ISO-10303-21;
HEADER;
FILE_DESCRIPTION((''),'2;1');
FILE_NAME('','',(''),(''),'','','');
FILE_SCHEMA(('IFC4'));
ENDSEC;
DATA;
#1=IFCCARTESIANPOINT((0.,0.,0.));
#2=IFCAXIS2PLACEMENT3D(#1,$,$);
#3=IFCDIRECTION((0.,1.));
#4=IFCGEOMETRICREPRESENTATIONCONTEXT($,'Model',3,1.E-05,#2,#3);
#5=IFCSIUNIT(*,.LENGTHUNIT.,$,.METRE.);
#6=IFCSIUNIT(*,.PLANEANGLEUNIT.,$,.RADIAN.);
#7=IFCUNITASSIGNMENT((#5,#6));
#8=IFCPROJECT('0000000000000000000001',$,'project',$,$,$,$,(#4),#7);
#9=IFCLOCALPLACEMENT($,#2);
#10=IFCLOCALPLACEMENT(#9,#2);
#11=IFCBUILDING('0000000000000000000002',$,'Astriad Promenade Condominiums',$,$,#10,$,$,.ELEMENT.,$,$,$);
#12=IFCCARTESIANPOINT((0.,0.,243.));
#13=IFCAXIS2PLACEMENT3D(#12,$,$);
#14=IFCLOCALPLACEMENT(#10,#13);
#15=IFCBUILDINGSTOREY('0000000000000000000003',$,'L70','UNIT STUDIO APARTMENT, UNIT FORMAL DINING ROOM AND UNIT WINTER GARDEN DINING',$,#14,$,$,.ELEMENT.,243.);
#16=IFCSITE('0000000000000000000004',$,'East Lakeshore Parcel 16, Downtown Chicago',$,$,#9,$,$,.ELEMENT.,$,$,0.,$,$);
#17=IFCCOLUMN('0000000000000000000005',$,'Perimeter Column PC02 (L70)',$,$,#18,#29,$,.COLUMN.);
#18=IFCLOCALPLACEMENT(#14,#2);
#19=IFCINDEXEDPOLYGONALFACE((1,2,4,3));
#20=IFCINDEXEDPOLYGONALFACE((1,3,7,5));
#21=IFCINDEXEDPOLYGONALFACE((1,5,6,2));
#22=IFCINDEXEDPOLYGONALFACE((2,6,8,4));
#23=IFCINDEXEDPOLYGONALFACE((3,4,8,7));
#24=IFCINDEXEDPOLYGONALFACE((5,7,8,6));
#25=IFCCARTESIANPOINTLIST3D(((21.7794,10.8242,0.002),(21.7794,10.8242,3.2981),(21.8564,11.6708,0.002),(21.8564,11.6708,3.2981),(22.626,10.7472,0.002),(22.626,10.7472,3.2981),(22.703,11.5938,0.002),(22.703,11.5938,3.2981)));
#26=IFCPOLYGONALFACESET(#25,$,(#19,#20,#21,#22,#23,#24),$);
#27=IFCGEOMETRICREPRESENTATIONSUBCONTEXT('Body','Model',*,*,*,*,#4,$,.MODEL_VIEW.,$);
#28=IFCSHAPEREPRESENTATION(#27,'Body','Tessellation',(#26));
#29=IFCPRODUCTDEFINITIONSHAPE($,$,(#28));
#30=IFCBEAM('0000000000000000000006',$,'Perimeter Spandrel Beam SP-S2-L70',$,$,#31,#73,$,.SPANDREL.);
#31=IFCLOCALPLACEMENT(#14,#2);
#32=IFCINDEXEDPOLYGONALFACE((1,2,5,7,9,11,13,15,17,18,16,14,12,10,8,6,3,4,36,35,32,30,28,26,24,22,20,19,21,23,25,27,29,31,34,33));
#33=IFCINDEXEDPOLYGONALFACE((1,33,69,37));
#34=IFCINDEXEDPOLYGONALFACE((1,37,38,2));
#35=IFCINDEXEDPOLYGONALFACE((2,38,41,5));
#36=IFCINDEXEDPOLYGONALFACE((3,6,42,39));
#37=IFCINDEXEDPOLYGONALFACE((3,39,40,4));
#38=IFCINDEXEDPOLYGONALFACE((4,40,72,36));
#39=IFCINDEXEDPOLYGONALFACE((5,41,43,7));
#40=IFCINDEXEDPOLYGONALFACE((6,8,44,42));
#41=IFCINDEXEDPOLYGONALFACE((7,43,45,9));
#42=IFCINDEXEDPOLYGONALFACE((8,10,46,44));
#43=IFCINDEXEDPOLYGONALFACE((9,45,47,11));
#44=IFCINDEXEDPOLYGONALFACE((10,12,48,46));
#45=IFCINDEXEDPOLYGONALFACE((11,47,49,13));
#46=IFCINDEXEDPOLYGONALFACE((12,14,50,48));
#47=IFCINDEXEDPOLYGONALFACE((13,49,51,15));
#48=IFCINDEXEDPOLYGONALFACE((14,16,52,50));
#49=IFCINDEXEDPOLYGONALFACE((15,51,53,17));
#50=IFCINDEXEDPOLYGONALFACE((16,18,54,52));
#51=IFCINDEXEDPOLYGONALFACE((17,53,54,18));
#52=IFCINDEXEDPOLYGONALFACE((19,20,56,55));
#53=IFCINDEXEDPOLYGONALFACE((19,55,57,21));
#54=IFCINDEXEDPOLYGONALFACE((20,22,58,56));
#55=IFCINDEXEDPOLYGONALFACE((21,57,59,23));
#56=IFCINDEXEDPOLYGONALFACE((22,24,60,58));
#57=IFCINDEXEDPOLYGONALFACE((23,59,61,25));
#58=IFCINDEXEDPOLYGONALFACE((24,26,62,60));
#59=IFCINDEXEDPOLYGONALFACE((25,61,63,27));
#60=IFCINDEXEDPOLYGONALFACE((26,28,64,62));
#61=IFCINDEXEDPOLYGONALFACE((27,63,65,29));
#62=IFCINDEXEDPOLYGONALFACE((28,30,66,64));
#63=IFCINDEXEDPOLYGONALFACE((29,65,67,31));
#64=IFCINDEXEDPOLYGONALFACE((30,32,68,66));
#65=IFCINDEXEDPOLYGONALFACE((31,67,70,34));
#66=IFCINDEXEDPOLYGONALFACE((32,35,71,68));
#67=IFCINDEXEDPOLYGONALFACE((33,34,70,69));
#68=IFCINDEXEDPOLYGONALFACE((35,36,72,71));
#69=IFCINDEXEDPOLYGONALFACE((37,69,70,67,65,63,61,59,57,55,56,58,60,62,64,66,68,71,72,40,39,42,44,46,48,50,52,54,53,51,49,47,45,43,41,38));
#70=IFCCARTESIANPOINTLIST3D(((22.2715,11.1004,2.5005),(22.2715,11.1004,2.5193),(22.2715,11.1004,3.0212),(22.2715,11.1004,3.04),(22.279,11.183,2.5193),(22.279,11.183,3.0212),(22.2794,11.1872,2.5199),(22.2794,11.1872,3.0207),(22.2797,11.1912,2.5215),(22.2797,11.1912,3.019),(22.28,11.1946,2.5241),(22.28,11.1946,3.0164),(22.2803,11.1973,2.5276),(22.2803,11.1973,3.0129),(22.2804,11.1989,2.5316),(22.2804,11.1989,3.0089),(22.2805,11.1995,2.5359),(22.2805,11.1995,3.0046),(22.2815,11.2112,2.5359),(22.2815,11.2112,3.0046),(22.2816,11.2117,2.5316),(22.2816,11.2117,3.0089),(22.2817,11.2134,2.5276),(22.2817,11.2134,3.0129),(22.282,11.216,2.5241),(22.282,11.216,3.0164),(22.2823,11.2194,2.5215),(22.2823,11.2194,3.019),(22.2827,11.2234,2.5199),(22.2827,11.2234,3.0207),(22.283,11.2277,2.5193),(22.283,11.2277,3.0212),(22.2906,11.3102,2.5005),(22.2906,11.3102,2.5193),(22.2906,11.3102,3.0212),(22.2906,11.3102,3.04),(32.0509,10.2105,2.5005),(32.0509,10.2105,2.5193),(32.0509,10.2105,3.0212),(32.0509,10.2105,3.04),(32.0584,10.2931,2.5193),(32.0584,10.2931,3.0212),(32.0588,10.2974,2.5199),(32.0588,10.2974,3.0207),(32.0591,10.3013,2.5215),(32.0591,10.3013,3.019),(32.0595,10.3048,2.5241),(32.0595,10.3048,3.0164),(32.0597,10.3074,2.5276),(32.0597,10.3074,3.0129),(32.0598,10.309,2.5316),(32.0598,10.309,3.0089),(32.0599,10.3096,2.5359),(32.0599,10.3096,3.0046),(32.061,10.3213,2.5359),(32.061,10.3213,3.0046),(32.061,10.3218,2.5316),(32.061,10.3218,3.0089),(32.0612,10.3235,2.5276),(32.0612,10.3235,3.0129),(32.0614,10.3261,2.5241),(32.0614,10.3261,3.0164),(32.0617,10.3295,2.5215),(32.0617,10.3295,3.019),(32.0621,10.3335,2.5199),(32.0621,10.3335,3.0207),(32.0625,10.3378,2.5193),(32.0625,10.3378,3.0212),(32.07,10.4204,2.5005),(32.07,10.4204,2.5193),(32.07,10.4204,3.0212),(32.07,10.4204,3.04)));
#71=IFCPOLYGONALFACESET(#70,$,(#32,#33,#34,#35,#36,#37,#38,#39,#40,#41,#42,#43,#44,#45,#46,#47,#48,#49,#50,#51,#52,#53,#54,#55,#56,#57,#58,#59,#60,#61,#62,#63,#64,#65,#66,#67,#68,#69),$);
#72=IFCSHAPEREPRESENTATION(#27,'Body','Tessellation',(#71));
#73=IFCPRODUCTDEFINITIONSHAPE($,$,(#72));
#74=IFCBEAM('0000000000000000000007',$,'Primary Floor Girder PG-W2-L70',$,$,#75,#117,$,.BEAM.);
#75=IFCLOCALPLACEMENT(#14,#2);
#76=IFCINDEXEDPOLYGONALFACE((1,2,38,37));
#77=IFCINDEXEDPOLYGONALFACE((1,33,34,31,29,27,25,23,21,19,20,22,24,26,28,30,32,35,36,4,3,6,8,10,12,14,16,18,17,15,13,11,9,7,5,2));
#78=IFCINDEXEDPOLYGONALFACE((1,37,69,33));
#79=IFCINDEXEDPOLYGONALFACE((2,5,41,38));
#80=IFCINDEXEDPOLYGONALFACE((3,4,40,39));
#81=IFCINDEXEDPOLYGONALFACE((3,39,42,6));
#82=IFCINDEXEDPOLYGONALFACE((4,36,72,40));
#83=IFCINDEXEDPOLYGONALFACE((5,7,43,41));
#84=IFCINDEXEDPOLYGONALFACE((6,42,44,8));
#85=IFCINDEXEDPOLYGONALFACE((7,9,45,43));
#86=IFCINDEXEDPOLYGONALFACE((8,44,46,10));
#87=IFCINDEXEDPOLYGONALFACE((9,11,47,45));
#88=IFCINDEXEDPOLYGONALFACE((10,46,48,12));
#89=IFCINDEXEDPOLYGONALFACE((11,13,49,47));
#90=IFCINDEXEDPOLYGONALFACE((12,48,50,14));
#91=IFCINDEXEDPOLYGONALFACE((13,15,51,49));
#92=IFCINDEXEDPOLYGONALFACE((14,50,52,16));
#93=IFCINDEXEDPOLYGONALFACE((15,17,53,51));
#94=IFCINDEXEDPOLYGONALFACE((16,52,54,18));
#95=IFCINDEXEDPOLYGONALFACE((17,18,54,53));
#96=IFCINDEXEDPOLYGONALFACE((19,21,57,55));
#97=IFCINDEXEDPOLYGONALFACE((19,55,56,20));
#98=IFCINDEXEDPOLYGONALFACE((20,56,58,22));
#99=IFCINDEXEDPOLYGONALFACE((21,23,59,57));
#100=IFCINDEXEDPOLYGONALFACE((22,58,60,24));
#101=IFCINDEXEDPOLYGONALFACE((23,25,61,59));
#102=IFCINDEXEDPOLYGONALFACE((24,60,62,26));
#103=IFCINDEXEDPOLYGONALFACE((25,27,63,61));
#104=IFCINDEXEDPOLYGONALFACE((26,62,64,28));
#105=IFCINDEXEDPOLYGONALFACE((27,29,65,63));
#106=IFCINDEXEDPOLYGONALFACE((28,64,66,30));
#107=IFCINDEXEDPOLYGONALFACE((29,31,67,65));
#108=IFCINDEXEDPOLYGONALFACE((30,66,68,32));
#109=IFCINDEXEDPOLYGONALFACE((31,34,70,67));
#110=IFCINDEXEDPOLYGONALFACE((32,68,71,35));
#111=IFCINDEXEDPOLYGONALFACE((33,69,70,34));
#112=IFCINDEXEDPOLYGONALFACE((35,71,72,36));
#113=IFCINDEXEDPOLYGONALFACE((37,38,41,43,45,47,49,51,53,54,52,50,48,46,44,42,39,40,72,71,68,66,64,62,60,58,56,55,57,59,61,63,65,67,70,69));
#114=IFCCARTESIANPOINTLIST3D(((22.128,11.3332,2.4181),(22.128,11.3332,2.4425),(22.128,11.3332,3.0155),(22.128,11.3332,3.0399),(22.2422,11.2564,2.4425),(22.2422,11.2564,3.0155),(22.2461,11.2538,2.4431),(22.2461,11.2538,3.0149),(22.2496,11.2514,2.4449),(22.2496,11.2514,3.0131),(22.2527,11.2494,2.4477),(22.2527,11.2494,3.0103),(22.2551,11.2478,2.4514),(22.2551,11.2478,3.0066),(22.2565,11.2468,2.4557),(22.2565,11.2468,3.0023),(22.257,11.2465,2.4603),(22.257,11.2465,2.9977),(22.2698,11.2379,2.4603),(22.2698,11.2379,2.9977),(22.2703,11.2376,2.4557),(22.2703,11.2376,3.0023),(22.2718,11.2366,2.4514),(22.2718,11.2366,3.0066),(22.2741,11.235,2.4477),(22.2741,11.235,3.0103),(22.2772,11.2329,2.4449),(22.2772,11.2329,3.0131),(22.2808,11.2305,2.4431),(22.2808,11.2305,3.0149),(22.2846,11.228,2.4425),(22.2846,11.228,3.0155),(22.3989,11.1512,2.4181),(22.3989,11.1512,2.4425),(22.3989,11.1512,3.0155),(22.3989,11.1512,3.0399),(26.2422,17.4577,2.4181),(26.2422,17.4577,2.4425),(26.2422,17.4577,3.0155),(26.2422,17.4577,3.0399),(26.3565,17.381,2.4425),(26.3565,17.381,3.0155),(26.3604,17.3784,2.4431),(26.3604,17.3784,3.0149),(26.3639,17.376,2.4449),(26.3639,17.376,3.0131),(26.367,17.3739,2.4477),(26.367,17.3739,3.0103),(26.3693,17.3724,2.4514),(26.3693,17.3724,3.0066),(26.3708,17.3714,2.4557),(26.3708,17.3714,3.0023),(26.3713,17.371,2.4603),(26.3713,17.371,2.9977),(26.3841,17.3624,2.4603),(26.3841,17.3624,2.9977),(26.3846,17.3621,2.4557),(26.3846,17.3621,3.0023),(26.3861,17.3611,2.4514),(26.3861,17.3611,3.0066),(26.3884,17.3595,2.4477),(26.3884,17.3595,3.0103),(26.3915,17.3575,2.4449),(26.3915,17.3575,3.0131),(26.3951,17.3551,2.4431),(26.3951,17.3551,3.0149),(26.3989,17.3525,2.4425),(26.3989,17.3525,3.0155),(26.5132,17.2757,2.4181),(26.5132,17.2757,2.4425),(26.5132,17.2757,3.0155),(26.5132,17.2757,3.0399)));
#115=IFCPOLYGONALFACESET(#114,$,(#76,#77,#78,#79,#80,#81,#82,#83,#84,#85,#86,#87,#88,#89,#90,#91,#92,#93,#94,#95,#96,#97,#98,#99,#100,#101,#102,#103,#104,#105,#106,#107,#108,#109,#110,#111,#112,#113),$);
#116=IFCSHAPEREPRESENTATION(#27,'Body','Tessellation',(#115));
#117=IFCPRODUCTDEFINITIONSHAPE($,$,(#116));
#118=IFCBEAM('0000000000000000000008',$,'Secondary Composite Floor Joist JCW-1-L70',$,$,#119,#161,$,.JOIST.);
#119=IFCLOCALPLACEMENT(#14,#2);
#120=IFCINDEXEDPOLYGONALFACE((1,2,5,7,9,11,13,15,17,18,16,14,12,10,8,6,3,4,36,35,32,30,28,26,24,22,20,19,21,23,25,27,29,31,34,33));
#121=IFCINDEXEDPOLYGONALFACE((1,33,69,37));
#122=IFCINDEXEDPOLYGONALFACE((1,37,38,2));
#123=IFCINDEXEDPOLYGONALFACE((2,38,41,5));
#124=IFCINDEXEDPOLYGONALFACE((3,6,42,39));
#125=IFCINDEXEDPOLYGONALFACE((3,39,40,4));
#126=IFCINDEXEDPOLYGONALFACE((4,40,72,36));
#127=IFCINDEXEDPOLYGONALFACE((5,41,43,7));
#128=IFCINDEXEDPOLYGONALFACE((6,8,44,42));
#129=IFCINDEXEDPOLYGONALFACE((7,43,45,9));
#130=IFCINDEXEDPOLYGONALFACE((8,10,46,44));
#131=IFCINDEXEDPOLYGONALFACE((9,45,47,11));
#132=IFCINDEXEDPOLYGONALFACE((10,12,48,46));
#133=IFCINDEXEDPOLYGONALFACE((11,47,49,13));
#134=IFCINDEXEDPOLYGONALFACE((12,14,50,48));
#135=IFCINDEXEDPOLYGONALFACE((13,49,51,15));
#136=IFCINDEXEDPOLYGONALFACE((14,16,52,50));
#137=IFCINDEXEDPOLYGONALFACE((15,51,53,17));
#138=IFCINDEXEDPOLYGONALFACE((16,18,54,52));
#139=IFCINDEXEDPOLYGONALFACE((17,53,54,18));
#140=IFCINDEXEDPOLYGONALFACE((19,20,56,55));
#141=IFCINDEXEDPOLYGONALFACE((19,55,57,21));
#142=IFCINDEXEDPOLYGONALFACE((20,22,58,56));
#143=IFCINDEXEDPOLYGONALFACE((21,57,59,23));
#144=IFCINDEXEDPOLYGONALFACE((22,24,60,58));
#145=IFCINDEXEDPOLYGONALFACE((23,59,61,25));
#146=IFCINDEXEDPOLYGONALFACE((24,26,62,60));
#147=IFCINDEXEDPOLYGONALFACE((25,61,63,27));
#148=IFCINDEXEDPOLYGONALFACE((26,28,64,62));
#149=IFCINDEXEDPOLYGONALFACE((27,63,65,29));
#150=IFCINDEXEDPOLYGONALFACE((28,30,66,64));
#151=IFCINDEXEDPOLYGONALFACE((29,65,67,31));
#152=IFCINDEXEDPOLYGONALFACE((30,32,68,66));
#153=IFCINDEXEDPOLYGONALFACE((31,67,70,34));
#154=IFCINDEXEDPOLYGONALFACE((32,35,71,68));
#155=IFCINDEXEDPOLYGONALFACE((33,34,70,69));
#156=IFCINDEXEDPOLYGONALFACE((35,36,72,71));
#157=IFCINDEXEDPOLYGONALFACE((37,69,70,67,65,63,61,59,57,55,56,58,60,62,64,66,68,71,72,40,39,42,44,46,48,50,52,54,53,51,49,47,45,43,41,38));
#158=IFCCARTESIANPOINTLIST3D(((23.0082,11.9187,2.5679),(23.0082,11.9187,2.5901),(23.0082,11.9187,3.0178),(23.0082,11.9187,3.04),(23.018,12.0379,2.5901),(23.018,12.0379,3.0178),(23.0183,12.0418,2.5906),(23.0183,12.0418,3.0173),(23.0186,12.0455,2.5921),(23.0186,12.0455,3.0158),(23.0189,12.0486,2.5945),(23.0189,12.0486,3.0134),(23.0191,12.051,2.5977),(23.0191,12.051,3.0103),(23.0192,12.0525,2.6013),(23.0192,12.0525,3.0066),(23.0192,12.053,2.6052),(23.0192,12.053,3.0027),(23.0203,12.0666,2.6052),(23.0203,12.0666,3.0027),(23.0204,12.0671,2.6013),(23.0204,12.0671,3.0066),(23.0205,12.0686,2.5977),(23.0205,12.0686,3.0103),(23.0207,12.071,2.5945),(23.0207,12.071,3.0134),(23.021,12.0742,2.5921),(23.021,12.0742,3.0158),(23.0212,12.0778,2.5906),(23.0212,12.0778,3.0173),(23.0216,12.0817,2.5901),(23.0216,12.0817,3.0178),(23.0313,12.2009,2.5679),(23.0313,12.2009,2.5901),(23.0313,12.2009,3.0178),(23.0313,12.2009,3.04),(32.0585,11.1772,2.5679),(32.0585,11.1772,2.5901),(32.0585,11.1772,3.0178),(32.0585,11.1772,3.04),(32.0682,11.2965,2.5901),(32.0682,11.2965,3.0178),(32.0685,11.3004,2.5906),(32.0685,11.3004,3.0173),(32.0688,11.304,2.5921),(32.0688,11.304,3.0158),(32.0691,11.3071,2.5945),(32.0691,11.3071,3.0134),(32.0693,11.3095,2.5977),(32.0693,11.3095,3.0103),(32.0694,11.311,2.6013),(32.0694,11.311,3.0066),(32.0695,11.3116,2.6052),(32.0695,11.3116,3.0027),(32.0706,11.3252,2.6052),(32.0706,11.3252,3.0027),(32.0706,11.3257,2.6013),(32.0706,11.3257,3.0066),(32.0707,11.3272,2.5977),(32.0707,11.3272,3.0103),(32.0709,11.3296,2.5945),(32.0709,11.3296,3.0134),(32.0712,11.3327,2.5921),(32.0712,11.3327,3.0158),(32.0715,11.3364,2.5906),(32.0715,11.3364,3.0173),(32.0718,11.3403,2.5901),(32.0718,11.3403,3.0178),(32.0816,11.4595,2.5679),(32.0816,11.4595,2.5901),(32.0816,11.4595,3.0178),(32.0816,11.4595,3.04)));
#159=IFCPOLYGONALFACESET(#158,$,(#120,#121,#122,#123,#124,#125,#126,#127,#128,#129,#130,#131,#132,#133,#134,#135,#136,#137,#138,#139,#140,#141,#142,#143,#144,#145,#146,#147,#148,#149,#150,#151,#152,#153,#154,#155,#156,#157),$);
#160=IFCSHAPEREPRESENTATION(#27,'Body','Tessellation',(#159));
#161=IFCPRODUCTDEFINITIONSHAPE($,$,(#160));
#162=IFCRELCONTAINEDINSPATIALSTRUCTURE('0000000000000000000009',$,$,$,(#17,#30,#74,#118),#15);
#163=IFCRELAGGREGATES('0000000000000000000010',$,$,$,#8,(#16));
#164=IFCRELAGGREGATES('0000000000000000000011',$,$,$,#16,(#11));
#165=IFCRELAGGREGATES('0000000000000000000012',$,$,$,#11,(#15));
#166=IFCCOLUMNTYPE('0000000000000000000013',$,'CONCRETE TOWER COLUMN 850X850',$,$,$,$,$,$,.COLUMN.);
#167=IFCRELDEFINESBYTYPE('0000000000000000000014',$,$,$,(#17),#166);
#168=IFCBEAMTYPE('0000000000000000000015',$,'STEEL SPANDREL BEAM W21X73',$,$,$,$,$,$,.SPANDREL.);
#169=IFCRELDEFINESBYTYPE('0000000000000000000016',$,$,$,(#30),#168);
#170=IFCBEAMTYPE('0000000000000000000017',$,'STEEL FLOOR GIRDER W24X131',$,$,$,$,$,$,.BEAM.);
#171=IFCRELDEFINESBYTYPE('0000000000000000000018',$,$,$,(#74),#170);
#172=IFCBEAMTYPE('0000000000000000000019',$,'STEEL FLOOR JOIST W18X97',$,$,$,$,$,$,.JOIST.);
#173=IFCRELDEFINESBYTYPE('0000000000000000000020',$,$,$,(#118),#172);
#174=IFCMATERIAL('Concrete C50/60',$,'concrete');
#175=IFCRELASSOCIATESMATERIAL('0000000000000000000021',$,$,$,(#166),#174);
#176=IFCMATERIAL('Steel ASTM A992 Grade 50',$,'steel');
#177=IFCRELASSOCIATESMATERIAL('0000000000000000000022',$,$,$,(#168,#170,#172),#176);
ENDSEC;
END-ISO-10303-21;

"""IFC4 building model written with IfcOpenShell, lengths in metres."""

from ifc_helpers import new_model, si_unit, direction, frame, origin, origin_2d, place, context, subcontext, project, spatial, rectangle, i_section, extrude, source, transform, mapped, material, material_profile, profile_set, type_object, type_shapes, element, save


model = new_model("IFC4")

# Units and contexts
model_context = context("Model", 3, precision=1e-05, world=origin(), true_north=direction((0.0, 1.0)))
body_context = subcontext(model_context, "Body", "Model", "MODEL_VIEW")
ifc_project = project(units=[si_unit("LENGTHUNIT", "METRE"), si_unit("PLANEANGLEUNIT", "RADIAN")], contexts=[model_context])

# Site, building, storey
site_placement = place(None, origin())
site = spatial("IfcSite", under=ifc_project, at=site_placement, Name="East Lakeshore Parcel 16, Downtown Chicago", CompositionType="ELEMENT", RefElevation=0.0)
building_placement = place(site_placement, origin())
building = spatial("IfcBuilding", under=site, at=building_placement, Name="Astriad Promenade Condominiums", CompositionType="ELEMENT")
storey_placement = place(building_placement, frame((0.0, 0.0, 243.0)))
storey = spatial("IfcBuildingStorey", under=building, at=storey_placement, Name="L70", Description="UNIT STUDIO APARTMENT, UNIT FORMAL DINING ROOM AND UNIT WINTER GARDEN DINING", CompositionType="ELEMENT", Elevation=243.0)

# Column
ifc_material_1 = material(Name="Concrete C50/60", Category="concrete")
ifc_material_profile_1 = material_profile(ifc_material_1, rectangle(XDim=0.8501, YDim=0.8501, at=origin_2d()), Name="RC-COL-850X850")
ifc_profile_set_1 = profile_set([ifc_material_profile_1], Name="Concrete C50/60")
column_type = type_object("IfcColumnType", Name="CONCRETE TOWER COLUMN 850X850", PredefinedType="COLUMN", material=ifc_profile_set_1)
shared_shape_1 = source(origin(), body_context, "Body", "SweptSolid", [
    extrude(rectangle(XDim=0.8501, YDim=0.8501, at=origin_2d()), origin(), (0.0, 0.0, 1.0), 3.2961),
])
type_shapes(column_type, [shared_shape_1])
column_placement = place(storey_placement, frame((22.2412, 11.209, 0.002), z_axis=(0.0, 0.0, 1.0), x_axis=(0.995884, -0.090633, 0.0)))
element("IfcColumn", 1, at=column_placement, inside=storey, type_object=column_type, Name="Perimeter Column PC02 (L70)", PredefinedType="COLUMN", context=body_context, shape_type="MappedRepresentation", body=[
    mapped(shared_shape_1, transform((0.0, 0.0, 0.0), scale=1.0)),
])

# Beams
ifc_material_2 = material(Name="Steel ASTM A992 Grade 50", Category="steel")
ifc_material_profile_2 = material_profile(ifc_material_2, i_section(OverallWidth=0.2107, OverallDepth=0.5396, WebThickness=0.0117, FlangeThickness=0.0188, FilletRadius=0.0166, at=origin_2d()), Name="W21X73")
ifc_profile_set_2 = profile_set([ifc_material_profile_2], Name="Steel ASTM A992 Grade 50")
beam_type_1 = type_object("IfcBeamType", Name="STEEL SPANDREL BEAM W21X73", PredefinedType="SPANDREL", material=ifc_profile_set_2)
shared_shape_2 = source(origin(), body_context, "Body", "SweptSolid", [
    extrude(i_section(OverallWidth=0.2107, OverallDepth=0.5396, WebThickness=0.0117, FlangeThickness=0.0188, FilletRadius=0.0166, at=origin_2d()), origin(), (0.0, 0.0, 1.0), 9.8198),
])
type_shapes(beam_type_1, [shared_shape_2])
beam_1_placement = place(storey_placement, frame((22.281, 11.2053, 2.7703), z_axis=(0.995885, -0.090621, 0.0), x_axis=(0.090621, 0.995885, 0.0)))
element("IfcBeam", 2, at=beam_1_placement, inside=storey, type_object=beam_type_1, Name="Perimeter Spandrel Beam SP-S2-L70", PredefinedType="SPANDREL", context=body_context, shape_type="MappedRepresentation", body=[
    mapped(shared_shape_2, transform((0.0, 0.0, 0.0), scale=1.0)),
])
ifc_material_profile_3 = material_profile(ifc_material_2, i_section(OverallWidth=0.3264, OverallDepth=0.6218, WebThickness=0.0154, FlangeThickness=0.0244, FilletRadius=0.0178, at=origin_2d()), Name="W24X131")
ifc_profile_set_3 = profile_set([ifc_material_profile_3], Name="Steel ASTM A992 Grade 50")
beam_type_2 = type_object("IfcBeamType", Name="STEEL FLOOR GIRDER W24X131", PredefinedType="BEAM", material=ifc_profile_set_3)
shared_shape_3 = source(origin(), body_context, "Body", "SweptSolid", [
    extrude(i_section(OverallWidth=0.3264, OverallDepth=0.6218, WebThickness=0.0154, FlangeThickness=0.0244, FilletRadius=0.0178, at=origin_2d()), origin(), (0.0, 0.0, 1.0), 7.3782),
])
type_shapes(beam_type_2, [shared_shape_3])
beam_2_placement = place(storey_placement, frame((22.2634, 11.2422, 2.729), z_axis=(0.557629, 0.83009, 0.0), x_axis=(-0.83009, 0.557629, 0.0)))
element("IfcBeam", 3, at=beam_2_placement, inside=storey, type_object=beam_type_2, Name="Primary Floor Girder PG-W2-L70", PredefinedType="BEAM", context=body_context, shape_type="MappedRepresentation", body=[
    mapped(shared_shape_3, transform((0.0, 0.0, 0.0), scale=1.0)),
])
ifc_material_profile_4 = material_profile(ifc_material_2, i_section(OverallWidth=0.2832, OverallDepth=0.4722, WebThickness=0.0137, FlangeThickness=0.0222, FilletRadius=0.0151, at=origin_2d()), Name="W18X97")
ifc_profile_set_4 = profile_set([ifc_material_profile_4], Name="Steel ASTM A992 Grade 50")
beam_type_3 = type_object("IfcBeamType", Name="STEEL FLOOR JOIST W18X97", PredefinedType="JOIST", material=ifc_profile_set_4)
shared_shape_4 = source(origin(), body_context, "Body", "SweptSolid", [
    extrude(i_section(OverallWidth=0.2832, OverallDepth=0.4722, WebThickness=0.0137, FlangeThickness=0.0222, FilletRadius=0.0151, at=origin_2d()), origin(), (0.0, 0.0, 1.0), 9.0806),
])
beam_3_placement = place(storey_placement, frame((23.0198, 12.0598, 2.804), z_axis=(0.996661, -0.081653, 0.0), x_axis=(0.081653, 0.996661, 0.0)))
element("IfcBeam", 4, at=beam_3_placement, inside=storey, type_object=beam_type_3, Name="Secondary Composite Floor Joist JCW-1-L70", PredefinedType="JOIST", context=body_context, shape_type="MappedRepresentation", body=[
    mapped(shared_shape_4, transform((0.0, 0.0, 0.0), scale=1.0)),
])

save(model, "model.ifc")
